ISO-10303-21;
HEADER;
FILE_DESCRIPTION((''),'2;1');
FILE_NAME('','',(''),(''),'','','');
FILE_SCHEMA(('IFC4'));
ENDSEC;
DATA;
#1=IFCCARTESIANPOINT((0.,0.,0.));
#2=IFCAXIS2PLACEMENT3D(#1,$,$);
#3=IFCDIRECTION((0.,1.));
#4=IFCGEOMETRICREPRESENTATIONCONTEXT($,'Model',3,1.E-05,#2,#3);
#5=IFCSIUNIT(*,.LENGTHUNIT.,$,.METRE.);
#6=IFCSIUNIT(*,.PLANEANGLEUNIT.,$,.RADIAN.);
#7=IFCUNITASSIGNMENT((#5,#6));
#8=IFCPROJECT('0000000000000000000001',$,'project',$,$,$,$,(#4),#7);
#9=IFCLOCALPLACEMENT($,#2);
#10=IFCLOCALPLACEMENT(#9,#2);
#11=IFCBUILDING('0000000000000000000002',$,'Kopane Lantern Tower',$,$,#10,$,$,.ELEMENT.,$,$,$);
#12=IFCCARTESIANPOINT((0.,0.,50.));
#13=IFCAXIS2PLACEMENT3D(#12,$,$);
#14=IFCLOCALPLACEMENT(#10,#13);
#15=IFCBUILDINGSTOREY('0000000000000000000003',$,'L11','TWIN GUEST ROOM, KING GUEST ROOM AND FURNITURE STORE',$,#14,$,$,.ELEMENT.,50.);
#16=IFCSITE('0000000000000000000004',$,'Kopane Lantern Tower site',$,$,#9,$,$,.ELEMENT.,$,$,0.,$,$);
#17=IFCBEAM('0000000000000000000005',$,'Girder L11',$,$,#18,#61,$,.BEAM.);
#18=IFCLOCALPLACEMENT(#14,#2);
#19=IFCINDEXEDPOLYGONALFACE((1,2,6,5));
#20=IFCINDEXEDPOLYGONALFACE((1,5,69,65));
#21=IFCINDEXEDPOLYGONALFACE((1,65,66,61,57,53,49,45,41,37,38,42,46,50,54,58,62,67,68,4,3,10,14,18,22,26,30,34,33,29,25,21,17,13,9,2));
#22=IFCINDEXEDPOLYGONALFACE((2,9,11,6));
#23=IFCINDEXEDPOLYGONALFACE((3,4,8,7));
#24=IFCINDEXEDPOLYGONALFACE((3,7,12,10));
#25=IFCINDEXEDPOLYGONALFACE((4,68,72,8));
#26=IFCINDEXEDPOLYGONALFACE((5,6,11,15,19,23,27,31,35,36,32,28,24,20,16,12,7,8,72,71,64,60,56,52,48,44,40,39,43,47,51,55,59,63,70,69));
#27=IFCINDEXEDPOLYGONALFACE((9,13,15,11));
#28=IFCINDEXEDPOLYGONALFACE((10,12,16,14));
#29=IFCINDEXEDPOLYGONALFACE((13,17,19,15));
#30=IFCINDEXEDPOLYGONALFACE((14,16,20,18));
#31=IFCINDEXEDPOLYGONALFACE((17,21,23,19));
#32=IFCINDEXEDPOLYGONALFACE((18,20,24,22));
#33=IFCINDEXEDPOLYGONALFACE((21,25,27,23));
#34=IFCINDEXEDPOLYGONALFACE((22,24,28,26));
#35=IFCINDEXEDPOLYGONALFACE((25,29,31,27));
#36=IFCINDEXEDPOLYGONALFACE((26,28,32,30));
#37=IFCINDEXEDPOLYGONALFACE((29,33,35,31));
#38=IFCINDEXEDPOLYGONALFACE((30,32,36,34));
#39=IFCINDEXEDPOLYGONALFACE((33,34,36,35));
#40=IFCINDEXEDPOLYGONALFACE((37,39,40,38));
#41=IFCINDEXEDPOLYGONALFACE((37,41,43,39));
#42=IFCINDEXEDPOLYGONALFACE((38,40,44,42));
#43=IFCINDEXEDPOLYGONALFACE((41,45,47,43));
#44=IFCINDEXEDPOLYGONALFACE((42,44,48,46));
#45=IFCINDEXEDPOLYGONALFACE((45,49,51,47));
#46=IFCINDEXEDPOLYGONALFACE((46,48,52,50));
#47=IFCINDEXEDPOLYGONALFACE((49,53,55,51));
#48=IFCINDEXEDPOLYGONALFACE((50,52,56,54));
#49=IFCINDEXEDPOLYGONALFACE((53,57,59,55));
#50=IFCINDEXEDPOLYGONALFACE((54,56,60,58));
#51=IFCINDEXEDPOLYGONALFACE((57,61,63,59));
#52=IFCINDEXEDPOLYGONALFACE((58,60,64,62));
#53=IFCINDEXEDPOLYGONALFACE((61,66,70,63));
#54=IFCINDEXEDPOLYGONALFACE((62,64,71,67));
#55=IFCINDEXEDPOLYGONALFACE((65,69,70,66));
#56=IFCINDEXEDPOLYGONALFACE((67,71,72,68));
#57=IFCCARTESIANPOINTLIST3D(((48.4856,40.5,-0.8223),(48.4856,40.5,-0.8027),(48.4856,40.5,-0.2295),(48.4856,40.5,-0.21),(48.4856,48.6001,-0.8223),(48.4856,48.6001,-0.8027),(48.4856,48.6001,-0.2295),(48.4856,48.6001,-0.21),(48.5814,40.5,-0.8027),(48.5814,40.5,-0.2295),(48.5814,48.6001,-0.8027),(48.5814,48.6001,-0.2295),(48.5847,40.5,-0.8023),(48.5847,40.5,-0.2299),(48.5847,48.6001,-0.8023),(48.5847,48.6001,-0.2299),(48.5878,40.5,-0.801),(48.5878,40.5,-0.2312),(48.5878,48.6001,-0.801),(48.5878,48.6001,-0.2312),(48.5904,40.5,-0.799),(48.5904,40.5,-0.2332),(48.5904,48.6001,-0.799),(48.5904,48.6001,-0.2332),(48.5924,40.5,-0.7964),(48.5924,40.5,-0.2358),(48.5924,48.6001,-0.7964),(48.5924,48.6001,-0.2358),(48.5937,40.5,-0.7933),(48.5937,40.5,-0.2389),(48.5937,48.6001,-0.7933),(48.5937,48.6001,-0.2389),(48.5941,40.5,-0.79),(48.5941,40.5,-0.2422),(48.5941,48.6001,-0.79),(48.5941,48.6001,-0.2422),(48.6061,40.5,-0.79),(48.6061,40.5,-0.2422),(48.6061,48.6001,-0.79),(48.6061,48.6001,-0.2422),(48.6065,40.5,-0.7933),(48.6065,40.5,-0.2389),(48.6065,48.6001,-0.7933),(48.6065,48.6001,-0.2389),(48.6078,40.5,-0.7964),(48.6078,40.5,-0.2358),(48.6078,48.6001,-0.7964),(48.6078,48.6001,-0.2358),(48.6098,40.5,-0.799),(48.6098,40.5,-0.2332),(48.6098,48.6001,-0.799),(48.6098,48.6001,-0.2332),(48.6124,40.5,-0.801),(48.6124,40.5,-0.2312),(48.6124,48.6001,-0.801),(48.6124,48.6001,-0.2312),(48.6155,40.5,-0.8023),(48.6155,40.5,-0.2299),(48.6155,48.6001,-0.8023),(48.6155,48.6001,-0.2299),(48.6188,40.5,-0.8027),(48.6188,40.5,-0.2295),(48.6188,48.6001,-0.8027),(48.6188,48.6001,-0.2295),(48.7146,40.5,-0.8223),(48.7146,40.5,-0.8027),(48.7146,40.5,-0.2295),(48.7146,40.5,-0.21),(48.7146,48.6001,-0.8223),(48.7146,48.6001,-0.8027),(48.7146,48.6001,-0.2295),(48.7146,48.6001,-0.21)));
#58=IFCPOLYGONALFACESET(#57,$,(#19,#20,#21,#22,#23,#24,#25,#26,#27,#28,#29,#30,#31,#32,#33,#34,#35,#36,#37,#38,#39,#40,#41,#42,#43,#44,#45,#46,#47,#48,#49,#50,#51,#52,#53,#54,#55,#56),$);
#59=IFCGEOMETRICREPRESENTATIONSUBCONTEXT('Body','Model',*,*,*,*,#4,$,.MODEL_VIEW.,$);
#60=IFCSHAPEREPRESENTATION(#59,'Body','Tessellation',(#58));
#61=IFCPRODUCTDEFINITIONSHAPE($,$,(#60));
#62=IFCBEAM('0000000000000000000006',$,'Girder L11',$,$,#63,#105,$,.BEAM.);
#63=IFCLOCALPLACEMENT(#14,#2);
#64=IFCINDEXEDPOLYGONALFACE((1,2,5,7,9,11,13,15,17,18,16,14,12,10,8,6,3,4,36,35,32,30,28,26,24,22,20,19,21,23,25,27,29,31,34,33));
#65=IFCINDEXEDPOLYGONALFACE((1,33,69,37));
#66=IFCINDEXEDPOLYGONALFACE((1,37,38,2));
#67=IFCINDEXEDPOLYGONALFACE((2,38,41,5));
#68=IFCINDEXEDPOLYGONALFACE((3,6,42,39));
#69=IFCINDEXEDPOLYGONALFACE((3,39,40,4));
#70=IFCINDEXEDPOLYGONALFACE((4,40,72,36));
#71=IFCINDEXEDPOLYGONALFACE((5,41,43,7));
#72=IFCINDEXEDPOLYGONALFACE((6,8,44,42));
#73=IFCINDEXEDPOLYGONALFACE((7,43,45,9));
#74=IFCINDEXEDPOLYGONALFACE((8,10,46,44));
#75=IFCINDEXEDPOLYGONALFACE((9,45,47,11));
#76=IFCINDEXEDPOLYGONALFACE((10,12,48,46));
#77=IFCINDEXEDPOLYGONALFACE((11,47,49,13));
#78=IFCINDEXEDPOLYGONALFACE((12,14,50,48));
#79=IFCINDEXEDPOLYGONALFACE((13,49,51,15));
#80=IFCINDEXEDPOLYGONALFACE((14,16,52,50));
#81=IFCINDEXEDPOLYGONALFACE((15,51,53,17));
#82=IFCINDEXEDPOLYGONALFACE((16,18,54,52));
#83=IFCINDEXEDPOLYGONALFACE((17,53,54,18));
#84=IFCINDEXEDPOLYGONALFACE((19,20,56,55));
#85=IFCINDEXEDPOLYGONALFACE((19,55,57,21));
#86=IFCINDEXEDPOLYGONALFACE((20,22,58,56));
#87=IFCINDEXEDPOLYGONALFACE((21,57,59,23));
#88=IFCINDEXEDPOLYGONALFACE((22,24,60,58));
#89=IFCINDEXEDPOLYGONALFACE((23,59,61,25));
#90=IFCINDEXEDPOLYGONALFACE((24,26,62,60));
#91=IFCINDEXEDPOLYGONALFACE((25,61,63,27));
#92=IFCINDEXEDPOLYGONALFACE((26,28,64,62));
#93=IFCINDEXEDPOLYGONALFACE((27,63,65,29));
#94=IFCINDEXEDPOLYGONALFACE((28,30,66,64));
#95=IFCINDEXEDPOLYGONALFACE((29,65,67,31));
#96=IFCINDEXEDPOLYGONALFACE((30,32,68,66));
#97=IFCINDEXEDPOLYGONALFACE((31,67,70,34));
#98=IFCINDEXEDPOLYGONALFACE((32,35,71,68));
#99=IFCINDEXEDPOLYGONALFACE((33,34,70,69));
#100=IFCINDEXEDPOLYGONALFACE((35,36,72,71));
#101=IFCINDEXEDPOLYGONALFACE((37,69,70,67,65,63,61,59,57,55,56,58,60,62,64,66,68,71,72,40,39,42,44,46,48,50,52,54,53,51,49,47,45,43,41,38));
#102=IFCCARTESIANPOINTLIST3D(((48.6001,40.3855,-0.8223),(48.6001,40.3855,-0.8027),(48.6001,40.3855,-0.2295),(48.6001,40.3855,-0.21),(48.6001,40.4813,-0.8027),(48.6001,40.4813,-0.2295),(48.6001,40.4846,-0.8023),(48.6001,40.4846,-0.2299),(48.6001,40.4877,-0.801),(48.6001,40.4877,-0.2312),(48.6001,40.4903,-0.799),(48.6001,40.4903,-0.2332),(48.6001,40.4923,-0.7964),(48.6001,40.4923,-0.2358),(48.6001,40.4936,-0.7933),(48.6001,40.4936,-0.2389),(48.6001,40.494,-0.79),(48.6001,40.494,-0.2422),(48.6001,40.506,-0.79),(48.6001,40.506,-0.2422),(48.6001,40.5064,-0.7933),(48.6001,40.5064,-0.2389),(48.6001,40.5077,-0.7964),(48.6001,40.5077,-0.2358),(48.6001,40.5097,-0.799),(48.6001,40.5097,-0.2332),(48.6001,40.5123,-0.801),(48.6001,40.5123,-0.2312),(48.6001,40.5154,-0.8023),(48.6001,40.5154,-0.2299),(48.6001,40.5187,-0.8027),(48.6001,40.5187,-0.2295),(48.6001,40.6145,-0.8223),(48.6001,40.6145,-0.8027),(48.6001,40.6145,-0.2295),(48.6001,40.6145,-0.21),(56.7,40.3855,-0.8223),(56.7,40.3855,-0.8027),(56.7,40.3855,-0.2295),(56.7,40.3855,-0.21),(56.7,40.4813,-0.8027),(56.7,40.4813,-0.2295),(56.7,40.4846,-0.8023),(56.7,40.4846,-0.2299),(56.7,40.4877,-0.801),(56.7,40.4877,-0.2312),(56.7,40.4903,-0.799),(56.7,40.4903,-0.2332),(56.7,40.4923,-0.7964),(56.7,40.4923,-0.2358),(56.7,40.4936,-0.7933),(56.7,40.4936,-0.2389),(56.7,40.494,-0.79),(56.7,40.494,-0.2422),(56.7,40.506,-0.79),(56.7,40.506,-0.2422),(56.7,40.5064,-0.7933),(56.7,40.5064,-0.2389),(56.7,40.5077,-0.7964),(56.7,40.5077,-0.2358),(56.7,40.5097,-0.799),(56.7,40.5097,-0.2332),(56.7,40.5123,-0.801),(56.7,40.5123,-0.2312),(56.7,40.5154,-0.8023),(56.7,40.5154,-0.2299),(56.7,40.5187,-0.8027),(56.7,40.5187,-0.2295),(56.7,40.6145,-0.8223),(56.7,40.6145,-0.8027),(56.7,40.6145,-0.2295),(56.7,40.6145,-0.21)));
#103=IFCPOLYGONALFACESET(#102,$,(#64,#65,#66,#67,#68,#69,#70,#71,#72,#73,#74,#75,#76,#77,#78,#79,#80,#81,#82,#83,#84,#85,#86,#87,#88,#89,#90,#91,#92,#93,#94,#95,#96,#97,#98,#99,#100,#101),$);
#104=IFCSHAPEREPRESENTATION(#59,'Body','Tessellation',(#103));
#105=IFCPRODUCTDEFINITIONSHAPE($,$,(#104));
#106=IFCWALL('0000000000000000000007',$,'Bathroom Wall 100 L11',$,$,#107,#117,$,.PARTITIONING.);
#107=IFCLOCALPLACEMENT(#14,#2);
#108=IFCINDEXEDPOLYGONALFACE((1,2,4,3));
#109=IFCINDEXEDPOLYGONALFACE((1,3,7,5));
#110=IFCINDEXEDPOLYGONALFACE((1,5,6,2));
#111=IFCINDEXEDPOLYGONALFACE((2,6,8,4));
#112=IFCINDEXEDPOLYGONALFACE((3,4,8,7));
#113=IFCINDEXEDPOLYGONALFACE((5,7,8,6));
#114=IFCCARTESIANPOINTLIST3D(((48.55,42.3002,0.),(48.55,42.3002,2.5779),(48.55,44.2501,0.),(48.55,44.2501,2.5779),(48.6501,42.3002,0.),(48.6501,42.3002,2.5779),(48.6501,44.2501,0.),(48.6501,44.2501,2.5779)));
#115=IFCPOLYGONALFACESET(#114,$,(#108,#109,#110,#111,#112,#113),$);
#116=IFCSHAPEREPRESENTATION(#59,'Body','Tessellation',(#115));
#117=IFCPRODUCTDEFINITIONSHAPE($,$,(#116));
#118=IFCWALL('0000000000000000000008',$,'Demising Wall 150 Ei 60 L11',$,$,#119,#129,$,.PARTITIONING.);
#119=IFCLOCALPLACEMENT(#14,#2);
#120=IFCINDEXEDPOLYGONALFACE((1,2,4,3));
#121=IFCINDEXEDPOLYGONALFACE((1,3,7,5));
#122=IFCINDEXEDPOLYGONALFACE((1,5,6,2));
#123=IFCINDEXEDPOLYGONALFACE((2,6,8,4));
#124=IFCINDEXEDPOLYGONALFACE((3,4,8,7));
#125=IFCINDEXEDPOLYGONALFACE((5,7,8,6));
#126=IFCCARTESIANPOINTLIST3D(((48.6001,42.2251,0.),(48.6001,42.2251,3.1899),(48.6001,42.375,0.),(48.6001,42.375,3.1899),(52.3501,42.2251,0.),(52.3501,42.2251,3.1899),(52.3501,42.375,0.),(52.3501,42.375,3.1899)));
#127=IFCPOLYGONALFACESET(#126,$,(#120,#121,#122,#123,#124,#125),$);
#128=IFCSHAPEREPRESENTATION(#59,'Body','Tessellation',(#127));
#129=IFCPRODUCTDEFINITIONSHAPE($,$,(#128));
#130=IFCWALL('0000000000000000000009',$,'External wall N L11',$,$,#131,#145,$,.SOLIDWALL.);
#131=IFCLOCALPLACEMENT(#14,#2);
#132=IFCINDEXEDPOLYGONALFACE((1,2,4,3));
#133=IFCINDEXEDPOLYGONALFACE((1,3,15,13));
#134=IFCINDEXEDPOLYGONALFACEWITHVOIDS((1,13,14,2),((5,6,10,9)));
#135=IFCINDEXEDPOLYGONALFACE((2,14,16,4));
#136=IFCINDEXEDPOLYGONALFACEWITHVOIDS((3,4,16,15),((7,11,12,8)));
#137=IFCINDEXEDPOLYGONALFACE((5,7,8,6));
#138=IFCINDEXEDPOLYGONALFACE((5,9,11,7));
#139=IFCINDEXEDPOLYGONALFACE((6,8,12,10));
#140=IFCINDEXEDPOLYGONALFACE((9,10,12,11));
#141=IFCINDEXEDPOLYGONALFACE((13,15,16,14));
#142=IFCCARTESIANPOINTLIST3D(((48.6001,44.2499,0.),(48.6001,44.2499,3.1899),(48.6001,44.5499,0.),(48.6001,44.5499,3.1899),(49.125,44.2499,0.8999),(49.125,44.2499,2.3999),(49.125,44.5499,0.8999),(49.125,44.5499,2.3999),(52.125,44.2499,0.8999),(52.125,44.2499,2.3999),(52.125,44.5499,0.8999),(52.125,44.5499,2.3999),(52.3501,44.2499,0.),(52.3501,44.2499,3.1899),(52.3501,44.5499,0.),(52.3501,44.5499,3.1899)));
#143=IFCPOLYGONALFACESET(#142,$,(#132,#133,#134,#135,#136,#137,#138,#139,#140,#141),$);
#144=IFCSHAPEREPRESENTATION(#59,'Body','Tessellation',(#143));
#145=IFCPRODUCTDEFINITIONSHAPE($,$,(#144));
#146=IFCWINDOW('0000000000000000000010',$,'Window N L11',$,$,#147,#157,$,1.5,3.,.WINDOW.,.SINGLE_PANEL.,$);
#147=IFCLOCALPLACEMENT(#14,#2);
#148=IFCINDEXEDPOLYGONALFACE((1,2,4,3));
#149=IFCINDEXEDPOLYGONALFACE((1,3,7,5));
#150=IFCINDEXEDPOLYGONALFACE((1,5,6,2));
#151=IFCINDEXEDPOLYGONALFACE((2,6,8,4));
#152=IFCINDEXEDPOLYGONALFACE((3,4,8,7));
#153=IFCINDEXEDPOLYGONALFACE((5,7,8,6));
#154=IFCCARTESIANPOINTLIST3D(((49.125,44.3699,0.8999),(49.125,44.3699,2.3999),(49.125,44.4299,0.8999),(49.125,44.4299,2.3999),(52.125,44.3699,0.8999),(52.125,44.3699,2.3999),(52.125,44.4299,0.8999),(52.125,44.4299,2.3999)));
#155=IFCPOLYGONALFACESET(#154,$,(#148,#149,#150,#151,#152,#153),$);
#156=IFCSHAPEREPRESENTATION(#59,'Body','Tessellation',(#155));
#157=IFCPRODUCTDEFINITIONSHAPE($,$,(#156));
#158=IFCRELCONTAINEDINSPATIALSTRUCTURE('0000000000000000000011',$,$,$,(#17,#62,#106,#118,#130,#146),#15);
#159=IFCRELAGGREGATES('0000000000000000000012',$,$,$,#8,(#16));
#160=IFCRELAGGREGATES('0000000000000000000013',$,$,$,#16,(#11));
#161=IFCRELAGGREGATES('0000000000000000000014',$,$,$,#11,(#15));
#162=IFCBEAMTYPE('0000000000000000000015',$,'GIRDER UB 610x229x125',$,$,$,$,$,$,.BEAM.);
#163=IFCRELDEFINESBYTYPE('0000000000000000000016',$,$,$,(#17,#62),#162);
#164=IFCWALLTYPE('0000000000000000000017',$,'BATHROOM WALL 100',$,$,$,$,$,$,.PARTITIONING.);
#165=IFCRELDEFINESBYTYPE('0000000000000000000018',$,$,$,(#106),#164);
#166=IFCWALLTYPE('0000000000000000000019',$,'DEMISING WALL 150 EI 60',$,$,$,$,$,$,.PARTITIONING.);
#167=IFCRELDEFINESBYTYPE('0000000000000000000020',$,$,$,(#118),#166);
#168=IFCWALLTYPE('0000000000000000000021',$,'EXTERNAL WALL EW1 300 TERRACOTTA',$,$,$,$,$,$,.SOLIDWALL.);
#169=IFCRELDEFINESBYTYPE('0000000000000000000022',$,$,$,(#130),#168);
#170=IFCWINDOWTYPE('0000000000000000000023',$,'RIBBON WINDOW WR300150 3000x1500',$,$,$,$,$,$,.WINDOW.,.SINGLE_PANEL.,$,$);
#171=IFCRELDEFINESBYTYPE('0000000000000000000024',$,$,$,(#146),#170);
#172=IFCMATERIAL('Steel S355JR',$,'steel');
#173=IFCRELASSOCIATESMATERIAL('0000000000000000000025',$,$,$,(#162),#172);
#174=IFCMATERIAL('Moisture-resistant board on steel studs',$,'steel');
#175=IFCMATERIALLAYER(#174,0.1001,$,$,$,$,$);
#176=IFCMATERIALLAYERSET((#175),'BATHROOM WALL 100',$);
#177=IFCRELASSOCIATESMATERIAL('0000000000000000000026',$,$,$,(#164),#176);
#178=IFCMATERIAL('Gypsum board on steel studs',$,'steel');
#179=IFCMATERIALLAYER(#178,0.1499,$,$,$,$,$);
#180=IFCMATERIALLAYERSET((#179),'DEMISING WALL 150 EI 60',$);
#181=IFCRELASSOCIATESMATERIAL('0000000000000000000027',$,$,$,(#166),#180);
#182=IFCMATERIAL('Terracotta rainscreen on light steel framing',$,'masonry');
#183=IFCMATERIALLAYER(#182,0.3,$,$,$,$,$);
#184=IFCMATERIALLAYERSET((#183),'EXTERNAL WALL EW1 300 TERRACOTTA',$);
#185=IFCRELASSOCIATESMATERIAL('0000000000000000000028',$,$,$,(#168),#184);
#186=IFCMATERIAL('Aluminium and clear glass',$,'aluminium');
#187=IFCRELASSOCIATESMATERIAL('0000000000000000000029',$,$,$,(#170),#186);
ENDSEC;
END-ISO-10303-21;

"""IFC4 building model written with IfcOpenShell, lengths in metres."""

from ifc_helpers import new_model, si_unit, direction, frame, frame_2d, origin, origin_2d, place, context, subcontext, project, spatial, rectangle, i_section, extrude, material, layer, layer_set, material_profile, profile_set, type_object, element, fill, save


model = new_model("IFC4")

# Units and contexts
model_context = context("Model", 3, precision=1e-05, world=origin(), true_north=direction((0.0, 1.0)))
body_context = subcontext(model_context, "Body", "Model", "MODEL_VIEW")
ifc_project = project(units=[si_unit("LENGTHUNIT", "METRE"), si_unit("PLANEANGLEUNIT", "RADIAN")], contexts=[model_context])

# Site, building, storey
site_placement = place(None, origin())
site = spatial("IfcSite", under=ifc_project, at=site_placement, Name="Kopane Lantern Tower site", CompositionType="ELEMENT", RefElevation=0.0)
building_placement = place(site_placement, origin())
building = spatial("IfcBuilding", under=site, at=building_placement, Name="Kopane Lantern Tower", CompositionType="ELEMENT")
storey_placement = place(building_placement, frame((0.0, 0.0, 50.0)))
storey = spatial("IfcBuildingStorey", under=building, at=storey_placement, Name="L11", Description="TWIN GUEST ROOM, KING GUEST ROOM AND FURNITURE STORE", CompositionType="ELEMENT", Elevation=50.0)

# Beams
ifc_material_1 = material(Name="Steel S355JR", Category="steel")
ifc_material_profile_1 = material_profile(ifc_material_1, i_section(OverallWidth=0.229, OverallDepth=0.6123, WebThickness=0.012, FlangeThickness=0.0195, FilletRadius=0.0127, at=origin_2d()), Name="UB 610x229x125")
ifc_profile_set_1 = profile_set([ifc_material_profile_1], Name="Steel S355JR")
beam_type_1 = type_object("IfcBeamType", Name="GIRDER UB 610x229x125", PredefinedType="BEAM", material=ifc_profile_set_1)
beam_1_placement = place(storey_placement, frame((48.6001, 40.5, -0.5161), z_axis=(0.0, 1.0, 0.0), x_axis=(-1.0, 0.0, 0.0)))
element("IfcBeam", 1, at=beam_1_placement, inside=storey, type_object=beam_type_1, Name="Girder L11", PredefinedType="BEAM", context=body_context, shape_type="SweptSolid", body=[
    extrude(i_section(OverallWidth=0.229, OverallDepth=0.6123, WebThickness=0.012, FlangeThickness=0.0195, FilletRadius=0.0127, at=origin_2d()), origin(), (0.0, 0.0, 1.0), 8.1001),
])
beam_2_placement = place(storey_placement, frame((48.6001, 40.5, -0.5161), z_axis=(1.0, 0.0, 0.0), x_axis=(0.0, 1.0, 0.0)))
element("IfcBeam", 2, at=beam_2_placement, inside=storey, type_object=beam_type_1, Name="Girder L11", PredefinedType="BEAM", context=body_context, shape_type="SweptSolid", body=[
    extrude(i_section(OverallWidth=0.229, OverallDepth=0.6123, WebThickness=0.012, FlangeThickness=0.0195, FilletRadius=0.0127, at=origin_2d()), origin(), (0.0, 0.0, 1.0), 8.0999),
])

# Walls
ifc_material_2 = material(Name="Moisture-resistant board on steel studs", Category="steel")
ifc_layer_1 = layer(ifc_material_2, 0.1001)
ifc_layer_set_1 = layer_set([ifc_layer_1], Name="BATHROOM WALL 100")
wall_type_1 = type_object("IfcWallType", Name="BATHROOM WALL 100", PredefinedType="PARTITIONING", material=ifc_layer_set_1)
wall_1_placement = place(storey_placement, frame((48.6001, 42.3, 0.0), z_axis=(0.0, 0.0, 1.0), x_axis=(0.0, 1.0, 0.0)))
element("IfcWall", 3, at=wall_1_placement, inside=storey, type_object=wall_type_1, Name="Bathroom Wall 100 L11", PredefinedType="PARTITIONING", context=body_context, shape_type="SweptSolid", body=[
    extrude(rectangle(XDim=1.95, YDim=0.1001, at=frame_2d((0.9751, 0.0))), origin(), (0.0, 0.0, 1.0), 2.5779),
])
ifc_material_3 = material(Name="Gypsum board on steel studs", Category="steel")
ifc_layer_2 = layer(ifc_material_3, 0.1499)
ifc_layer_set_2 = layer_set([ifc_layer_2], Name="DEMISING WALL 150 EI 60")
wall_type_2 = type_object("IfcWallType", Name="DEMISING WALL 150 EI 60", PredefinedType="PARTITIONING", material=ifc_layer_set_2)
wall_2_placement = place(storey_placement, frame((48.6001, 42.3, 0.0), z_axis=(0.0, 0.0, 1.0), x_axis=(1.0, 0.0, 0.0)))
element("IfcWall", 4, at=wall_2_placement, inside=storey, type_object=wall_type_2, Name="Demising Wall 150 Ei 60 L11", PredefinedType="PARTITIONING", context=body_context, shape_type="SweptSolid", body=[
    extrude(rectangle(XDim=3.75, YDim=0.1499, at=frame_2d((1.875, 0.0))), origin(), (0.0, 0.0, 1.0), 3.1899),
])

# Wall, opening, window
ifc_material_4 = material(Name="Terracotta rainscreen on light steel framing", Category="masonry")
ifc_layer_3 = layer(ifc_material_4, 0.3)
ifc_layer_set_3 = layer_set([ifc_layer_3], Name="EXTERNAL WALL EW1 300 TERRACOTTA")
wall_type_3 = type_object("IfcWallType", Name="EXTERNAL WALL EW1 300 TERRACOTTA", PredefinedType="SOLIDWALL", material=ifc_layer_set_3)
wall_3_placement = place(storey_placement, frame((52.3501, 44.3999, 0.0), z_axis=(0.0, 0.0, 1.0), x_axis=(-1.0, 0.0, 0.0)))
wall_3 = element("IfcWall", 5, at=wall_3_placement, inside=storey, type_object=wall_type_3, Name="External wall N L11", PredefinedType="SOLIDWALL", context=body_context, shape_type="SweptSolid", body=[
    extrude(rectangle(XDim=3.75, YDim=0.3, at=frame_2d((1.875, 0.0))), origin(), (0.0, 0.0, 1.0), 3.1899),
])
opening_placement = place(wall_3_placement, frame((0.2251, 0.0, 0.8999)))
opening = element("IfcOpeningElement", 6, at=opening_placement, cuts=wall_3, PredefinedType="OPENING", context=body_context, shape_type="SweptSolid", body=[
    extrude(rectangle(XDim=3.0, YDim=1.5, at=frame_2d((1.5, 0.75))), frame((0.0, 0.1599, 0.0), z_axis=(0.0, -1.0, 0.0), x_axis=(1.0, 0.0, 0.0)), (0.0, 0.0, 1.0), 0.3201),
])
ifc_material_5 = material(Name="Aluminium and clear glass", Category="aluminium")
window_type = type_object("IfcWindowType", Name="RIBBON WINDOW WR300150 3000x1500", PartitioningType="SINGLE_PANEL", PredefinedType="WINDOW", material=ifc_material_5)
window_placement = place(opening_placement, origin())
window = element("IfcWindow", 7, at=window_placement, inside=storey, type_object=window_type, Name="Window N L11", OverallHeight=1.5, OverallWidth=3.0, PartitioningType="SINGLE_PANEL", PredefinedType="WINDOW", context=body_context, shape_type="SweptSolid", body=[
    extrude(rectangle(XDim=3.0, YDim=1.5, at=frame_2d((1.5, 0.75))), frame((0.0, 0.03, 0.0), z_axis=(0.0, -1.0, 0.0), x_axis=(1.0, 0.0, 0.0)), (0.0, 0.0, 1.0), 0.0601),
])
fill(opening, window)

save(model, "model.ifc")
